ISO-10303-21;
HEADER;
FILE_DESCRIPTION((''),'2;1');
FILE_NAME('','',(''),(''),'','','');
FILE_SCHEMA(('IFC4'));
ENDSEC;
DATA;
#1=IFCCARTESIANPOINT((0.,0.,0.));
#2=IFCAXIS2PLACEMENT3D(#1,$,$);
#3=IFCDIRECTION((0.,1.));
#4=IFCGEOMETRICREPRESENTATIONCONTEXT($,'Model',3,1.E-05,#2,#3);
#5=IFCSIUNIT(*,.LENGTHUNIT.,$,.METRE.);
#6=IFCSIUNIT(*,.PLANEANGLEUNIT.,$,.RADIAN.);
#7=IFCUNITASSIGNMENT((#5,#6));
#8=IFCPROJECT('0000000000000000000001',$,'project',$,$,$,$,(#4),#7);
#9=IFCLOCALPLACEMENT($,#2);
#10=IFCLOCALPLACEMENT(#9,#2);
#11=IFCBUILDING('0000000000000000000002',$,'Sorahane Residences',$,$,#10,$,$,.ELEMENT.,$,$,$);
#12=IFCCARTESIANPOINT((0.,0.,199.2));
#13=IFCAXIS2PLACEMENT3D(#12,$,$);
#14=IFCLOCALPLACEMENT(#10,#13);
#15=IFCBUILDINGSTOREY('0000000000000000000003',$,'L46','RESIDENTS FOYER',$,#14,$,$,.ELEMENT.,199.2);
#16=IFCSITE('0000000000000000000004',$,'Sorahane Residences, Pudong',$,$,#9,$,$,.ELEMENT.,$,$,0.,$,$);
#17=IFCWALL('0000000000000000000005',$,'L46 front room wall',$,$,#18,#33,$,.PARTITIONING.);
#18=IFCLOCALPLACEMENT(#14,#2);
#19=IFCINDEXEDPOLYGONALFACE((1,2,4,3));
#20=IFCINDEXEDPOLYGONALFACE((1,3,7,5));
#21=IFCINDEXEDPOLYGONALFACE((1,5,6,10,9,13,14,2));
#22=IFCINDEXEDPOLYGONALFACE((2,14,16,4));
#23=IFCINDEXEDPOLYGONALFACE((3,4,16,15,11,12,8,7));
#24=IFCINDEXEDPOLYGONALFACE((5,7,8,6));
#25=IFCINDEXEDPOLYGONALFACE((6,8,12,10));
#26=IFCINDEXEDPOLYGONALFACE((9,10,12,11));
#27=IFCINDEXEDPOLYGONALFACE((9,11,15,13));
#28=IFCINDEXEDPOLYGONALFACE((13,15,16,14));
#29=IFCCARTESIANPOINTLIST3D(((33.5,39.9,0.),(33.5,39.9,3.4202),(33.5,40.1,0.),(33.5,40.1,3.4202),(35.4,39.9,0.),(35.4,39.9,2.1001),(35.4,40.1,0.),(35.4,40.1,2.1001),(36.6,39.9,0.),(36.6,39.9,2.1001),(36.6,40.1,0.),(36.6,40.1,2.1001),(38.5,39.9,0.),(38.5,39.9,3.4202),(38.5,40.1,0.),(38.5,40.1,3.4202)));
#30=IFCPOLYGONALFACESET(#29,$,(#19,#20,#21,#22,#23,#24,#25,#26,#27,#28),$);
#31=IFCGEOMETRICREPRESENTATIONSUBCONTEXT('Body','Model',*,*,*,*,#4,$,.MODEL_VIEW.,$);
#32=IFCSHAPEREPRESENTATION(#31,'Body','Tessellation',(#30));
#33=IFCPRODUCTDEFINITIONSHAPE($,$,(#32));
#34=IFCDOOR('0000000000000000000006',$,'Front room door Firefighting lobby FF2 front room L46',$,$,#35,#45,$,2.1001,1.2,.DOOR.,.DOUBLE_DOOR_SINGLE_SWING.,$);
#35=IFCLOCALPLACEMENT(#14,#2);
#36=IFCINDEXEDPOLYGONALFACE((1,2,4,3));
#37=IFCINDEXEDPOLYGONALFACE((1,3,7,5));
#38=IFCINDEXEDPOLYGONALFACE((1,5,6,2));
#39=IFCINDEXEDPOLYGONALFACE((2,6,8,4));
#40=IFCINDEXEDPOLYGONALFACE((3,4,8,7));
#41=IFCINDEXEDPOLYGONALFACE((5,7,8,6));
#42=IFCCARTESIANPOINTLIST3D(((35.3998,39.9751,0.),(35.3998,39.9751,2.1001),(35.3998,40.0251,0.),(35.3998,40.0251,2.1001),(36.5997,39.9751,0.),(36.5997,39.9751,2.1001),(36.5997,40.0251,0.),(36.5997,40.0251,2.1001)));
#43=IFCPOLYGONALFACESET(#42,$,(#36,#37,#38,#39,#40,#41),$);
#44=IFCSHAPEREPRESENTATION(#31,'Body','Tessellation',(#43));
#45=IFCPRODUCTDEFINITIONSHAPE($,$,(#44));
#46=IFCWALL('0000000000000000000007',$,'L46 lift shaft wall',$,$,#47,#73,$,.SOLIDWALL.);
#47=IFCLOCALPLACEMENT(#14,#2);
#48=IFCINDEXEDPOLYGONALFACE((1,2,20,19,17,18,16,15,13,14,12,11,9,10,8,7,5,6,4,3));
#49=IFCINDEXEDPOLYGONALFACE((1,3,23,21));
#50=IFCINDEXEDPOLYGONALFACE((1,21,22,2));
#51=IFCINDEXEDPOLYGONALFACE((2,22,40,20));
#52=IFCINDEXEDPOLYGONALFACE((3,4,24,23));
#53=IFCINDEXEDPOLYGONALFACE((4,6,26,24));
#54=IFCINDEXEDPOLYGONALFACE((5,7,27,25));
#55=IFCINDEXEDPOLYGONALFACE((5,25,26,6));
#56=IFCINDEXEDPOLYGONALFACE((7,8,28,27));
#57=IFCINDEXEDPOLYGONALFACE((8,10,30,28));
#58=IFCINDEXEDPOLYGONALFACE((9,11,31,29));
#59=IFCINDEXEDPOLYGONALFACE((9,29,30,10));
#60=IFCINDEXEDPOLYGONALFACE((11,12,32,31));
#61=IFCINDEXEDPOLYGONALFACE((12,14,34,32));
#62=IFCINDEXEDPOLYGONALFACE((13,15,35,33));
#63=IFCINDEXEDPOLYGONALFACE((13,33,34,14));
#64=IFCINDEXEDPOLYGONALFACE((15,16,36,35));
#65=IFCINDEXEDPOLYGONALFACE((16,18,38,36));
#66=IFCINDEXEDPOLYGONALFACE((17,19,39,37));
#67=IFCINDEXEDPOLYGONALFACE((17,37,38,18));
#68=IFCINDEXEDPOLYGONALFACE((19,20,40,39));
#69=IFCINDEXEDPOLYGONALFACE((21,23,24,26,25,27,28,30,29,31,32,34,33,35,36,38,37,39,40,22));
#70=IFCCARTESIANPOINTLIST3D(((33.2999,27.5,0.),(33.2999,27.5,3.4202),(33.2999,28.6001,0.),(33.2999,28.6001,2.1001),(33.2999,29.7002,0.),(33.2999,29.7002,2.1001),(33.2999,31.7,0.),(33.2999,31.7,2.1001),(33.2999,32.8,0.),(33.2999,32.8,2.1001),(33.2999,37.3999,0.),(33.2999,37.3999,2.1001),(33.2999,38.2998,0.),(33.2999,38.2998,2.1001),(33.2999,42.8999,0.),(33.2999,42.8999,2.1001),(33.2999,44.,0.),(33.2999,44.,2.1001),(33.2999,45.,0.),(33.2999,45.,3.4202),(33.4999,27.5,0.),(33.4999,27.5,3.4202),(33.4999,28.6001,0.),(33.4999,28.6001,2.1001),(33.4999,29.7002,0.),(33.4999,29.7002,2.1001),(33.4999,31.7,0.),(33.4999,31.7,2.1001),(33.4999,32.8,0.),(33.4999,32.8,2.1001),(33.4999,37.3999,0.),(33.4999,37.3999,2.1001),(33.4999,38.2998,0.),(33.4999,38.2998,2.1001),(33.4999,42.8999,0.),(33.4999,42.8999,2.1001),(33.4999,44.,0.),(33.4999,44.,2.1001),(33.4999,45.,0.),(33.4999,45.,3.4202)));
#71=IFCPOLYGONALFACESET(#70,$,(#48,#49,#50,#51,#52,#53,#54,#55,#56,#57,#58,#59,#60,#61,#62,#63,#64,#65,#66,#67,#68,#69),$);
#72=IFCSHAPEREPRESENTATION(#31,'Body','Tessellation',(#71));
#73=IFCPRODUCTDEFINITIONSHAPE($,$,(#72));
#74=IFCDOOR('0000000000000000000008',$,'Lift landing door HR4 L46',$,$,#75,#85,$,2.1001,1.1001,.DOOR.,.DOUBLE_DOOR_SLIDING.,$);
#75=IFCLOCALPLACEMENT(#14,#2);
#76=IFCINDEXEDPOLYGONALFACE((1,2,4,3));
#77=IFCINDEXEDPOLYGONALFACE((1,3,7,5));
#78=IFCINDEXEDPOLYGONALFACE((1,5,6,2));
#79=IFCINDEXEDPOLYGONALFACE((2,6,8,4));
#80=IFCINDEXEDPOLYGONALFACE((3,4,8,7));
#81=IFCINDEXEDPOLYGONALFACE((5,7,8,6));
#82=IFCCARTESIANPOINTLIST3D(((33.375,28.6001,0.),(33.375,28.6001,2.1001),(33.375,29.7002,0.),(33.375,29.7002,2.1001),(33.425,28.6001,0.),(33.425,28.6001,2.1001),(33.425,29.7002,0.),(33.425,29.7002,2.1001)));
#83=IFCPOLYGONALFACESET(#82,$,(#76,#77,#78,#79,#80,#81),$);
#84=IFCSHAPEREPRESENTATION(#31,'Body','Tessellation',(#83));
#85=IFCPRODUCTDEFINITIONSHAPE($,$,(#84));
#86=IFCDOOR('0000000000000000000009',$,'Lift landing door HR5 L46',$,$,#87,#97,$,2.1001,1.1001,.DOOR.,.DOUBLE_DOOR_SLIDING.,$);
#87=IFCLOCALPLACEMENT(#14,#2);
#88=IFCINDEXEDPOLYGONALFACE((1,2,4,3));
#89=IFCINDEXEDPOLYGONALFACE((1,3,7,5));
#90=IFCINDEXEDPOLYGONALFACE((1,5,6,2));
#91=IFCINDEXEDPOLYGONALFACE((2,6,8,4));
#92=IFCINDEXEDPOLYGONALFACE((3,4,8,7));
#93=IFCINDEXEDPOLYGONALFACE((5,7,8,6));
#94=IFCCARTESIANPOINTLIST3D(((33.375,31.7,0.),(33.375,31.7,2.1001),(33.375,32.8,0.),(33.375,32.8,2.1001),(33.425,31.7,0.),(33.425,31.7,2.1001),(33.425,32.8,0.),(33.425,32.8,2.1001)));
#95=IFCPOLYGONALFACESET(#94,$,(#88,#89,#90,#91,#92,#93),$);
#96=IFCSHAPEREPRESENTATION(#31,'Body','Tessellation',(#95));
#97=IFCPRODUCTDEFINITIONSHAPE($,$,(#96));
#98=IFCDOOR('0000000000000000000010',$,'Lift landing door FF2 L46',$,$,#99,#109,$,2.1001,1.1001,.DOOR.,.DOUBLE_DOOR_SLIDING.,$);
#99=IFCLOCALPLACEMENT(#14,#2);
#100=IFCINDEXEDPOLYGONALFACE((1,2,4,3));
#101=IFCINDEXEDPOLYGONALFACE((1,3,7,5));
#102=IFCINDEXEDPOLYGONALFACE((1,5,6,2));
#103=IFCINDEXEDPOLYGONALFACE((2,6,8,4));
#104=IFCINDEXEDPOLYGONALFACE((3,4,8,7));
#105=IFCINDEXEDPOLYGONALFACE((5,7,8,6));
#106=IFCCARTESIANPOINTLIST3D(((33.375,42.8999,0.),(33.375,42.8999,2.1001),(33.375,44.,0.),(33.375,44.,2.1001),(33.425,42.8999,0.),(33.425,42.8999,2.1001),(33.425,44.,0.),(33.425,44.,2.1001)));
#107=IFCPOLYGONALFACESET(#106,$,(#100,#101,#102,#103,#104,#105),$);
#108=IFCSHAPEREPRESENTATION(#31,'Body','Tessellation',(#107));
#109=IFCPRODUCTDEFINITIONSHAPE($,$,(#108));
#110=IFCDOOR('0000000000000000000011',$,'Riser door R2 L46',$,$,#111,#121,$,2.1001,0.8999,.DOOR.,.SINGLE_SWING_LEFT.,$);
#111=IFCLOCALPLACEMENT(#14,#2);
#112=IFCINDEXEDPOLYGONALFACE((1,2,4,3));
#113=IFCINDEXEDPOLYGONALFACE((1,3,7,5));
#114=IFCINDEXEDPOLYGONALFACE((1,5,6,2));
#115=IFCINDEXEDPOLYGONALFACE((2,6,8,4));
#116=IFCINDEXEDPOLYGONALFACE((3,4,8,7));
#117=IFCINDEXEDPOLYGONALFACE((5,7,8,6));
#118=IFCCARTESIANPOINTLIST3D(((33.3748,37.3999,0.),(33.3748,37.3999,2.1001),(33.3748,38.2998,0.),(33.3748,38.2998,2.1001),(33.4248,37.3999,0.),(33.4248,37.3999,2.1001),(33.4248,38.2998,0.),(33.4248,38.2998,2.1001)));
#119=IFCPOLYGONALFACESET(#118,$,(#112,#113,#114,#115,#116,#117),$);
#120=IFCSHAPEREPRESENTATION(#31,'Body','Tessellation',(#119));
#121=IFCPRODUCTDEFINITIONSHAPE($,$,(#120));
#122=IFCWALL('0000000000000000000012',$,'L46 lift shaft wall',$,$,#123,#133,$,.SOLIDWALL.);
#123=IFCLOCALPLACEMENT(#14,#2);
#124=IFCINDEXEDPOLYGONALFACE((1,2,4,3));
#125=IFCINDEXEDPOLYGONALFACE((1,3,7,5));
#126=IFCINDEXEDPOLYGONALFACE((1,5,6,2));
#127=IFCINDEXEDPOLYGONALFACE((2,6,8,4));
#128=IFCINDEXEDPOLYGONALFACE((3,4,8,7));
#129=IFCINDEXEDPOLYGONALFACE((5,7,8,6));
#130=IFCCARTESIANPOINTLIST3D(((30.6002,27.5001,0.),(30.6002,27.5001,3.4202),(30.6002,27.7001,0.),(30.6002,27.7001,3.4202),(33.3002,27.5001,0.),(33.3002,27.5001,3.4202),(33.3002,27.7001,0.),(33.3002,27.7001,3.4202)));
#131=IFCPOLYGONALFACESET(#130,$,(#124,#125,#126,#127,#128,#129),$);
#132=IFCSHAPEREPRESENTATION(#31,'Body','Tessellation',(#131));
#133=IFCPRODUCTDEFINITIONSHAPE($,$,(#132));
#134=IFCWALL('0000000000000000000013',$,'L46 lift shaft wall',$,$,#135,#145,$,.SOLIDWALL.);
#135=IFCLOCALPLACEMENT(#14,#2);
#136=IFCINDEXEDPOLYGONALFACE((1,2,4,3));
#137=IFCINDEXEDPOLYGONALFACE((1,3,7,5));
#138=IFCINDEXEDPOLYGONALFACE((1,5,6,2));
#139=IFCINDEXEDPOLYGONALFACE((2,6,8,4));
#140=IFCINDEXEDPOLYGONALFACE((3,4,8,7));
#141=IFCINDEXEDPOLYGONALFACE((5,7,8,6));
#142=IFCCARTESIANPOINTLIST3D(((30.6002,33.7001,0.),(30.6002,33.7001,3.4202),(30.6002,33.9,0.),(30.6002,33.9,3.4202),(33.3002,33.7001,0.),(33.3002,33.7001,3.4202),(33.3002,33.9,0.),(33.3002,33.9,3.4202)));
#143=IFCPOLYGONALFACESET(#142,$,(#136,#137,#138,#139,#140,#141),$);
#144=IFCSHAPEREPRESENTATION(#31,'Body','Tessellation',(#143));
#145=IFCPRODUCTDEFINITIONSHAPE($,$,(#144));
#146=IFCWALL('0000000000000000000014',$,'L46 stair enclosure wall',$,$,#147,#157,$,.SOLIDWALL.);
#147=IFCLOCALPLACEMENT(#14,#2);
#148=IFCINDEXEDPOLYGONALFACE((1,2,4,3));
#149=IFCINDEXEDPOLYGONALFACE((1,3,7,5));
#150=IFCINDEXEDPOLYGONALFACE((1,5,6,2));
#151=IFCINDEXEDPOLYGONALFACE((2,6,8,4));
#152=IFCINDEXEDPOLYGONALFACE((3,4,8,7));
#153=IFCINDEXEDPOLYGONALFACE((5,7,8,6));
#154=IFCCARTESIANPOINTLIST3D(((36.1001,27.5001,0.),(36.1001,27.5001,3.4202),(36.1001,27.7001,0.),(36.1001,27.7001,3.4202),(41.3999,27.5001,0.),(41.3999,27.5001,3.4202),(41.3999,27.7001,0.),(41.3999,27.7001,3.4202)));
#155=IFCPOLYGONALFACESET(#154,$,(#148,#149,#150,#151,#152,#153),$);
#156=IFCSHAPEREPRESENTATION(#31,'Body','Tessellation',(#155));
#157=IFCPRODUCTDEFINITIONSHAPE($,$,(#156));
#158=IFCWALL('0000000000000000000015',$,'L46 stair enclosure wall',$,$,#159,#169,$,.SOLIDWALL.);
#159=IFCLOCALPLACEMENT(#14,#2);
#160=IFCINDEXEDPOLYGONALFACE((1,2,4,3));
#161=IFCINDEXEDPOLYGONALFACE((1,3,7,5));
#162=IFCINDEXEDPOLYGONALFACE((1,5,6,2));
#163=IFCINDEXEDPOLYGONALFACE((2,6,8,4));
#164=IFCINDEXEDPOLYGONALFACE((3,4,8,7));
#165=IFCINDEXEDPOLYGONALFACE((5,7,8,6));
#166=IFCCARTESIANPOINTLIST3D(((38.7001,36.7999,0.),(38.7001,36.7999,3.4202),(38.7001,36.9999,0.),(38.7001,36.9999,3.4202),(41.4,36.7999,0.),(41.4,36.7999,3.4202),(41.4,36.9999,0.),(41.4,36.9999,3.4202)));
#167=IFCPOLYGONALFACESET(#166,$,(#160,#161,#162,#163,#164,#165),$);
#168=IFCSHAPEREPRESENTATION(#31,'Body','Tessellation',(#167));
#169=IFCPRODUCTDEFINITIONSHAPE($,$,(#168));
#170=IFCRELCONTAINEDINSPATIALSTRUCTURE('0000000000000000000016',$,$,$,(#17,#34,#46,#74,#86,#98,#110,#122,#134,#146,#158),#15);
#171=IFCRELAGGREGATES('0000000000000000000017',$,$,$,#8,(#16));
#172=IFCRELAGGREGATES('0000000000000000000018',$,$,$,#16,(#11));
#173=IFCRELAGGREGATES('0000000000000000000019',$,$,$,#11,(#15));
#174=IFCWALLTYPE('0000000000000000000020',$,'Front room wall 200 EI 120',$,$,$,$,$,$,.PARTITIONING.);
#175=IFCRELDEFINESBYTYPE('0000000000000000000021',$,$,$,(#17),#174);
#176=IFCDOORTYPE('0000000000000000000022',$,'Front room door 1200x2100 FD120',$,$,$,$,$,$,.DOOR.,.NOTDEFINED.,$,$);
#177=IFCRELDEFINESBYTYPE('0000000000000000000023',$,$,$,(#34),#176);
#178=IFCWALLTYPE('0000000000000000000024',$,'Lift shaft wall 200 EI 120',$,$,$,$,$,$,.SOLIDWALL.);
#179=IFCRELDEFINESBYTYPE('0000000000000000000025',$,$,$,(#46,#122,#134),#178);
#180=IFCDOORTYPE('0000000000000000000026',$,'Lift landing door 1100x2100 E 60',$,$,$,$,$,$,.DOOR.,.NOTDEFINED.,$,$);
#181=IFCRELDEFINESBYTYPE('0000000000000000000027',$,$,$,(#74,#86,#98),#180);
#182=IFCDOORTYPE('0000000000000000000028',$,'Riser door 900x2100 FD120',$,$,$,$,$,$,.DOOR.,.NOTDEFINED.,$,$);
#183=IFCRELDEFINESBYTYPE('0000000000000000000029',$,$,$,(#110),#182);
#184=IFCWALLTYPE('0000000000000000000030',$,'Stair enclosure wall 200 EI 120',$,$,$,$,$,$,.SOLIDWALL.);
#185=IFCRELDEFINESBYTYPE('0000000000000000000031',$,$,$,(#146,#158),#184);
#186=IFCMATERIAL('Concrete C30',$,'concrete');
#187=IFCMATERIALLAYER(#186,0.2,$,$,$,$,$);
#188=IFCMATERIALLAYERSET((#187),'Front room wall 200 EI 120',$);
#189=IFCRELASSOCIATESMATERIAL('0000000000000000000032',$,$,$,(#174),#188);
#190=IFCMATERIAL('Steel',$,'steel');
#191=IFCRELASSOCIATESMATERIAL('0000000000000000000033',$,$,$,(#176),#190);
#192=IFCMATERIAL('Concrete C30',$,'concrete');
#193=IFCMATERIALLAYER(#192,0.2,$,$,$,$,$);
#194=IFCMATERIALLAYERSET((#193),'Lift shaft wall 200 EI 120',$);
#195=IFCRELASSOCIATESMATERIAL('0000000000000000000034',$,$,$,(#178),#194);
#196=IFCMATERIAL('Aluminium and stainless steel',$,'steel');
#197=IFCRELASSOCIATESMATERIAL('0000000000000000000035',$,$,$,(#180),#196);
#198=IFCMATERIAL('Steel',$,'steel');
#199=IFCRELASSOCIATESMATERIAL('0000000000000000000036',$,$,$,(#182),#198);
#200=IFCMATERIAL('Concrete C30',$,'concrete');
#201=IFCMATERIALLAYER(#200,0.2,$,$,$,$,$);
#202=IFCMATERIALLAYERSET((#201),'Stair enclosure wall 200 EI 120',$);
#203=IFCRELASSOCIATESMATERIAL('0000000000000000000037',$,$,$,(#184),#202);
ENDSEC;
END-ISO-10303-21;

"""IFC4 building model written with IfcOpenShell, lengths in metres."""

from ifc_helpers import new_model, si_unit, direction, frame, frame_2d, origin, place, context, subcontext, project, spatial, rectangle, extrude, material, layer, layer_set, type_object, element, fill, save


model = new_model("IFC4")

# Units and contexts
model_context = context("Model", 3, precision=1e-05, world=origin(), true_north=direction((0.0, 1.0)))
body_context = subcontext(model_context, "Body", "Model", "MODEL_VIEW")
ifc_project = project(units=[si_unit("LENGTHUNIT", "METRE"), si_unit("PLANEANGLEUNIT", "RADIAN")], contexts=[model_context])

# Site, building, storey
site_placement = place(None, origin())
site = spatial("IfcSite", under=ifc_project, at=site_placement, Name="Sorahane Residences, Pudong", CompositionType="ELEMENT", RefElevation=0.0)
building_placement = place(site_placement, origin())
building = spatial("IfcBuilding", under=site, at=building_placement, Name="Sorahane Residences", CompositionType="ELEMENT")
storey_placement = place(building_placement, frame((0.0, 0.0, 199.2)))
storey = spatial("IfcBuildingStorey", under=building, at=storey_placement, Name="L46", Description="RESIDENTS FOYER", CompositionType="ELEMENT", Elevation=199.2)

# Wall, opening, door
ifc_material_1 = material(Name="Concrete C30", Category="concrete")
ifc_layer_1 = layer(ifc_material_1, 0.2)
ifc_layer_set_1 = layer_set([ifc_layer_1], Name="Front room wall 200 EI 120")
wall_type_1 = type_object("IfcWallType", Name="Front room wall 200 EI 120", PredefinedType="PARTITIONING", material=ifc_layer_set_1)
wall_1_placement = place(storey_placement, frame((33.5, 40.0, 0.0), z_axis=(0.0, 0.0, 1.0), x_axis=(1.0, 0.0, 0.0)))
wall_1 = element("IfcWall", 1, at=wall_1_placement, inside=storey, type_object=wall_type_1, Name="L46 front room wall", PredefinedType="PARTITIONING", context=body_context, shape_type="SweptSolid", body=[
    extrude(rectangle(XDim=5.0, YDim=0.2, at=frame_2d((2.5, 0.0))), origin(), (0.0, 0.0, 1.0), 3.4202),
])
opening_1_placement = place(wall_1_placement, frame((1.8999, 0.0, 0.0)))
opening_1 = element("IfcOpeningElement", 2, at=opening_1_placement, cuts=wall_1, PredefinedType="OPENING", context=body_context, shape_type="SweptSolid", body=[
    extrude(rectangle(XDim=1.2, YDim=2.1001, at=frame_2d((0.6001, 1.05))), frame((0.0, 0.1099, 0.0), z_axis=(0.0, -1.0, 0.0), x_axis=(1.0, 0.0, 0.0)), (0.0, 0.0, 1.0), 0.22),
])
ifc_material_2 = material(Name="Steel", Category="steel")
door_type_1 = type_object("IfcDoorType", Name="Front room door 1200x2100 FD120", OperationType="NOTDEFINED", PredefinedType="DOOR", material=ifc_material_2)
door_1_placement = place(opening_1_placement, frame((1.2, 0.0, 0.0), z_axis=(0.0, 0.0, 1.0), x_axis=(-1.0, 0.0, 0.0)))
door_1 = element("IfcDoor", 3, at=door_1_placement, inside=storey, type_object=door_type_1, Name="Front room door Firefighting lobby FF2 front room L46", OperationType="DOUBLE_DOOR_SINGLE_SWING", OverallHeight=2.1001, OverallWidth=1.2, PredefinedType="DOOR", context=body_context, shape_type="SweptSolid", body=[
    extrude(rectangle(XDim=1.2, YDim=2.1001, at=frame_2d((0.6001, 1.05))), frame((0.0, 0.0249, 0.0), z_axis=(0.0, -1.0, 0.0), x_axis=(1.0, 0.0, 0.0)), (0.0, 0.0, 1.0), 0.05),
])
fill(opening_1, door_1)

# Wall, openings, doors
ifc_material_3 = material(Name="Concrete C30", Category="concrete")
ifc_layer_2 = layer(ifc_material_3, 0.2)
ifc_layer_set_2 = layer_set([ifc_layer_2], Name="Lift shaft wall 200 EI 120")
wall_type_2 = type_object("IfcWallType", Name="Lift shaft wall 200 EI 120", PredefinedType="SOLIDWALL", material=ifc_layer_set_2)
wall_2_placement = place(storey_placement, frame((33.3999, 27.5, 0.0), z_axis=(0.0, 0.0, 1.0), x_axis=(0.0, 1.0, 0.0)))
wall_2 = element("IfcWall", 4, at=wall_2_placement, inside=storey, type_object=wall_type_2, Name="L46 lift shaft wall", PredefinedType="SOLIDWALL", context=body_context, shape_type="SweptSolid", body=[
    extrude(rectangle(XDim=17.5, YDim=0.2, at=frame_2d((8.75, 0.0))), origin(), (0.0, 0.0, 1.0), 3.4202),
])
opening_2_placement = place(wall_2_placement, frame((1.1001, 0.0, 0.0)))
opening_2 = element("IfcOpeningElement", 5, at=opening_2_placement, cuts=wall_2, PredefinedType="OPENING", context=body_context, shape_type="SweptSolid", body=[
    extrude(rectangle(XDim=1.1001, YDim=2.1001, at=frame_2d((0.55, 1.05))), frame((0.0, 0.1099, 0.0), z_axis=(0.0, -1.0, 0.0), x_axis=(1.0, 0.0, 0.0)), (0.0, 0.0, 1.0), 0.22),
])
opening_3_placement = place(wall_2_placement, frame((4.2, 0.0, 0.0)))
opening_3 = element("IfcOpeningElement", 6, at=opening_3_placement, cuts=wall_2, PredefinedType="OPENING", context=body_context, shape_type="SweptSolid", body=[
    extrude(rectangle(XDim=1.1001, YDim=2.1001, at=frame_2d((0.55, 1.05))), frame((0.0, 0.1099, 0.0), z_axis=(0.0, -1.0, 0.0), x_axis=(1.0, 0.0, 0.0)), (0.0, 0.0, 1.0), 0.22),
])
opening_4_placement = place(wall_2_placement, frame((15.3999, 0.0, 0.0)))
opening_4 = element("IfcOpeningElement", 7, at=opening_4_placement, cuts=wall_2, PredefinedType="OPENING", context=body_context, shape_type="SweptSolid", body=[
    extrude(rectangle(XDim=1.1001, YDim=2.1001, at=frame_2d((0.55, 1.05))), frame((0.0, 0.1099, 0.0), z_axis=(0.0, -1.0, 0.0), x_axis=(1.0, 0.0, 0.0)), (0.0, 0.0, 1.0), 0.22),
])
opening_5_placement = place(wall_2_placement, frame((9.8999, 0.0, 0.0)))
opening_5 = element("IfcOpeningElement", 8, at=opening_5_placement, cuts=wall_2, PredefinedType="OPENING", context=body_context, shape_type="SweptSolid", body=[
    extrude(rectangle(XDim=0.8999, YDim=2.1001, at=frame_2d((0.45, 1.05))), frame((0.0, 0.1099, 0.0), z_axis=(0.0, -1.0, 0.0), x_axis=(1.0, 0.0, 0.0)), (0.0, 0.0, 1.0), 0.22),
])
ifc_material_4 = material(Name="Aluminium and stainless steel", Category="steel")
door_type_2 = type_object("IfcDoorType", Name="Lift landing door 1100x2100 E 60", OperationType="NOTDEFINED", PredefinedType="DOOR", material=ifc_material_4)
door_2_placement = place(opening_2_placement, origin())
door_2 = element("IfcDoor", 9, at=door_2_placement, inside=storey, type_object=door_type_2, Name="Lift landing door HR4 L46", OperationType="DOUBLE_DOOR_SLIDING", OverallHeight=2.1001, OverallWidth=1.1001, PredefinedType="DOOR", context=body_context, shape_type="SweptSolid", body=[
    extrude(rectangle(XDim=1.1001, YDim=2.1001, at=frame_2d((0.55, 1.05))), frame((0.0, 0.0249, 0.0), z_axis=(0.0, -1.0, 0.0), x_axis=(1.0, 0.0, 0.0)), (0.0, 0.0, 1.0), 0.05),
])
fill(opening_2, door_2)
door_3_placement = place(opening_3_placement, origin())
door_3 = element("IfcDoor", 10, at=door_3_placement, inside=storey, type_object=door_type_2, Name="Lift landing door HR5 L46", OperationType="DOUBLE_DOOR_SLIDING", OverallHeight=2.1001, OverallWidth=1.1001, PredefinedType="DOOR", context=body_context, shape_type="SweptSolid", body=[
    extrude(rectangle(XDim=1.1001, YDim=2.1001, at=frame_2d((0.55, 1.05))), frame((0.0, 0.0249, 0.0), z_axis=(0.0, -1.0, 0.0), x_axis=(1.0, 0.0, 0.0)), (0.0, 0.0, 1.0), 0.05),
])
fill(opening_3, door_3)
door_4_placement = place(opening_4_placement, origin())
door_4 = element("IfcDoor", 11, at=door_4_placement, inside=storey, type_object=door_type_2, Name="Lift landing door FF2 L46", OperationType="DOUBLE_DOOR_SLIDING", OverallHeight=2.1001, OverallWidth=1.1001, PredefinedType="DOOR", context=body_context, shape_type="SweptSolid", body=[
    extrude(rectangle(XDim=1.1001, YDim=2.1001, at=frame_2d((0.55, 1.05))), frame((0.0, 0.0249, 0.0), z_axis=(0.0, -1.0, 0.0), x_axis=(1.0, 0.0, 0.0)), (0.0, 0.0, 1.0), 0.05),
])
fill(opening_4, door_4)
ifc_material_5 = material(Name="Steel", Category="steel")
door_type_3 = type_object("IfcDoorType", Name="Riser door 900x2100 FD120", OperationType="NOTDEFINED", PredefinedType="DOOR", material=ifc_material_5)
door_5_placement = place(opening_5_placement, frame((0.8999, 0.0, 0.0), z_axis=(0.0, 0.0, 1.0), x_axis=(-1.0, 0.0, 0.0)))
door_5 = element("IfcDoor", 12, at=door_5_placement, inside=storey, type_object=door_type_3, Name="Riser door R2 L46", OperationType="SINGLE_SWING_LEFT", OverallHeight=2.1001, OverallWidth=0.8999, PredefinedType="DOOR", context=body_context, shape_type="SweptSolid", body=[
    extrude(rectangle(XDim=0.8999, YDim=2.1001, at=frame_2d((0.45, 1.05))), frame((0.0, 0.0249, 0.0), z_axis=(0.0, -1.0, 0.0), x_axis=(1.0, 0.0, 0.0)), (0.0, 0.0, 1.0), 0.05),
])
fill(opening_5, door_5)

# Walls
for number, where, z_axis, x_axis, name in (
    (13, (30.6001, 27.6001, 0.0), (0.0, 0.0, 1.0), (1.0, 0.0, 0.0), "L46 lift shaft wall"),
    (14, (30.6001, 33.8, 0.0), (0.0, 0.0, 1.0), (1.0, 0.0, 0.0), "L46 lift shaft wall"),
):
    element("IfcWall", number, at=place(storey_placement, frame(where, z_axis=z_axis, x_axis=x_axis)), inside=storey, type_object=wall_type_2, Name=name, PredefinedType="SOLIDWALL", context=body_context, shape_type="SweptSolid", body=[
        extrude(rectangle(XDim=2.7, YDim=0.2, at=frame_2d((1.3501, 0.0))), origin(), (0.0, 0.0, 1.0), 3.4202),
    ])
ifc_material_6 = material(Name="Concrete C30", Category="concrete")
ifc_layer_3 = layer(ifc_material_6, 0.2)
ifc_layer_set_3 = layer_set([ifc_layer_3], Name="Stair enclosure wall 200 EI 120")
wall_type_3 = type_object("IfcWallType", Name="Stair enclosure wall 200 EI 120", PredefinedType="SOLIDWALL", material=ifc_layer_set_3)
wall_3_placement = place(storey_placement, frame((36.1001, 27.6001, 0.0), z_axis=(0.0, 0.0, 1.0), x_axis=(1.0, 0.0, 0.0)))
element("IfcWall", 15, at=wall_3_placement, inside=storey, type_object=wall_type_3, Name="L46 stair enclosure wall", PredefinedType="SOLIDWALL", context=body_context, shape_type="SweptSolid", body=[
    extrude(rectangle(XDim=5.2998, YDim=0.2, at=frame_2d((2.6499, 0.0))), origin(), (0.0, 0.0, 1.0), 3.4202),
])
wall_4_placement = place(storey_placement, frame((38.7, 36.8999, 0.0), z_axis=(0.0, 0.0, 1.0), x_axis=(1.0, 0.0, 0.0)))
element("IfcWall", 16, at=wall_4_placement, inside=storey, type_object=wall_type_3, Name="L46 stair enclosure wall", PredefinedType="SOLIDWALL", context=body_context, shape_type="SweptSolid", body=[
    extrude(rectangle(XDim=2.7, YDim=0.2, at=frame_2d((1.3501, 0.0))), origin(), (0.0, 0.0, 1.0), 3.4202),
])

save(model, "model.ifc")
